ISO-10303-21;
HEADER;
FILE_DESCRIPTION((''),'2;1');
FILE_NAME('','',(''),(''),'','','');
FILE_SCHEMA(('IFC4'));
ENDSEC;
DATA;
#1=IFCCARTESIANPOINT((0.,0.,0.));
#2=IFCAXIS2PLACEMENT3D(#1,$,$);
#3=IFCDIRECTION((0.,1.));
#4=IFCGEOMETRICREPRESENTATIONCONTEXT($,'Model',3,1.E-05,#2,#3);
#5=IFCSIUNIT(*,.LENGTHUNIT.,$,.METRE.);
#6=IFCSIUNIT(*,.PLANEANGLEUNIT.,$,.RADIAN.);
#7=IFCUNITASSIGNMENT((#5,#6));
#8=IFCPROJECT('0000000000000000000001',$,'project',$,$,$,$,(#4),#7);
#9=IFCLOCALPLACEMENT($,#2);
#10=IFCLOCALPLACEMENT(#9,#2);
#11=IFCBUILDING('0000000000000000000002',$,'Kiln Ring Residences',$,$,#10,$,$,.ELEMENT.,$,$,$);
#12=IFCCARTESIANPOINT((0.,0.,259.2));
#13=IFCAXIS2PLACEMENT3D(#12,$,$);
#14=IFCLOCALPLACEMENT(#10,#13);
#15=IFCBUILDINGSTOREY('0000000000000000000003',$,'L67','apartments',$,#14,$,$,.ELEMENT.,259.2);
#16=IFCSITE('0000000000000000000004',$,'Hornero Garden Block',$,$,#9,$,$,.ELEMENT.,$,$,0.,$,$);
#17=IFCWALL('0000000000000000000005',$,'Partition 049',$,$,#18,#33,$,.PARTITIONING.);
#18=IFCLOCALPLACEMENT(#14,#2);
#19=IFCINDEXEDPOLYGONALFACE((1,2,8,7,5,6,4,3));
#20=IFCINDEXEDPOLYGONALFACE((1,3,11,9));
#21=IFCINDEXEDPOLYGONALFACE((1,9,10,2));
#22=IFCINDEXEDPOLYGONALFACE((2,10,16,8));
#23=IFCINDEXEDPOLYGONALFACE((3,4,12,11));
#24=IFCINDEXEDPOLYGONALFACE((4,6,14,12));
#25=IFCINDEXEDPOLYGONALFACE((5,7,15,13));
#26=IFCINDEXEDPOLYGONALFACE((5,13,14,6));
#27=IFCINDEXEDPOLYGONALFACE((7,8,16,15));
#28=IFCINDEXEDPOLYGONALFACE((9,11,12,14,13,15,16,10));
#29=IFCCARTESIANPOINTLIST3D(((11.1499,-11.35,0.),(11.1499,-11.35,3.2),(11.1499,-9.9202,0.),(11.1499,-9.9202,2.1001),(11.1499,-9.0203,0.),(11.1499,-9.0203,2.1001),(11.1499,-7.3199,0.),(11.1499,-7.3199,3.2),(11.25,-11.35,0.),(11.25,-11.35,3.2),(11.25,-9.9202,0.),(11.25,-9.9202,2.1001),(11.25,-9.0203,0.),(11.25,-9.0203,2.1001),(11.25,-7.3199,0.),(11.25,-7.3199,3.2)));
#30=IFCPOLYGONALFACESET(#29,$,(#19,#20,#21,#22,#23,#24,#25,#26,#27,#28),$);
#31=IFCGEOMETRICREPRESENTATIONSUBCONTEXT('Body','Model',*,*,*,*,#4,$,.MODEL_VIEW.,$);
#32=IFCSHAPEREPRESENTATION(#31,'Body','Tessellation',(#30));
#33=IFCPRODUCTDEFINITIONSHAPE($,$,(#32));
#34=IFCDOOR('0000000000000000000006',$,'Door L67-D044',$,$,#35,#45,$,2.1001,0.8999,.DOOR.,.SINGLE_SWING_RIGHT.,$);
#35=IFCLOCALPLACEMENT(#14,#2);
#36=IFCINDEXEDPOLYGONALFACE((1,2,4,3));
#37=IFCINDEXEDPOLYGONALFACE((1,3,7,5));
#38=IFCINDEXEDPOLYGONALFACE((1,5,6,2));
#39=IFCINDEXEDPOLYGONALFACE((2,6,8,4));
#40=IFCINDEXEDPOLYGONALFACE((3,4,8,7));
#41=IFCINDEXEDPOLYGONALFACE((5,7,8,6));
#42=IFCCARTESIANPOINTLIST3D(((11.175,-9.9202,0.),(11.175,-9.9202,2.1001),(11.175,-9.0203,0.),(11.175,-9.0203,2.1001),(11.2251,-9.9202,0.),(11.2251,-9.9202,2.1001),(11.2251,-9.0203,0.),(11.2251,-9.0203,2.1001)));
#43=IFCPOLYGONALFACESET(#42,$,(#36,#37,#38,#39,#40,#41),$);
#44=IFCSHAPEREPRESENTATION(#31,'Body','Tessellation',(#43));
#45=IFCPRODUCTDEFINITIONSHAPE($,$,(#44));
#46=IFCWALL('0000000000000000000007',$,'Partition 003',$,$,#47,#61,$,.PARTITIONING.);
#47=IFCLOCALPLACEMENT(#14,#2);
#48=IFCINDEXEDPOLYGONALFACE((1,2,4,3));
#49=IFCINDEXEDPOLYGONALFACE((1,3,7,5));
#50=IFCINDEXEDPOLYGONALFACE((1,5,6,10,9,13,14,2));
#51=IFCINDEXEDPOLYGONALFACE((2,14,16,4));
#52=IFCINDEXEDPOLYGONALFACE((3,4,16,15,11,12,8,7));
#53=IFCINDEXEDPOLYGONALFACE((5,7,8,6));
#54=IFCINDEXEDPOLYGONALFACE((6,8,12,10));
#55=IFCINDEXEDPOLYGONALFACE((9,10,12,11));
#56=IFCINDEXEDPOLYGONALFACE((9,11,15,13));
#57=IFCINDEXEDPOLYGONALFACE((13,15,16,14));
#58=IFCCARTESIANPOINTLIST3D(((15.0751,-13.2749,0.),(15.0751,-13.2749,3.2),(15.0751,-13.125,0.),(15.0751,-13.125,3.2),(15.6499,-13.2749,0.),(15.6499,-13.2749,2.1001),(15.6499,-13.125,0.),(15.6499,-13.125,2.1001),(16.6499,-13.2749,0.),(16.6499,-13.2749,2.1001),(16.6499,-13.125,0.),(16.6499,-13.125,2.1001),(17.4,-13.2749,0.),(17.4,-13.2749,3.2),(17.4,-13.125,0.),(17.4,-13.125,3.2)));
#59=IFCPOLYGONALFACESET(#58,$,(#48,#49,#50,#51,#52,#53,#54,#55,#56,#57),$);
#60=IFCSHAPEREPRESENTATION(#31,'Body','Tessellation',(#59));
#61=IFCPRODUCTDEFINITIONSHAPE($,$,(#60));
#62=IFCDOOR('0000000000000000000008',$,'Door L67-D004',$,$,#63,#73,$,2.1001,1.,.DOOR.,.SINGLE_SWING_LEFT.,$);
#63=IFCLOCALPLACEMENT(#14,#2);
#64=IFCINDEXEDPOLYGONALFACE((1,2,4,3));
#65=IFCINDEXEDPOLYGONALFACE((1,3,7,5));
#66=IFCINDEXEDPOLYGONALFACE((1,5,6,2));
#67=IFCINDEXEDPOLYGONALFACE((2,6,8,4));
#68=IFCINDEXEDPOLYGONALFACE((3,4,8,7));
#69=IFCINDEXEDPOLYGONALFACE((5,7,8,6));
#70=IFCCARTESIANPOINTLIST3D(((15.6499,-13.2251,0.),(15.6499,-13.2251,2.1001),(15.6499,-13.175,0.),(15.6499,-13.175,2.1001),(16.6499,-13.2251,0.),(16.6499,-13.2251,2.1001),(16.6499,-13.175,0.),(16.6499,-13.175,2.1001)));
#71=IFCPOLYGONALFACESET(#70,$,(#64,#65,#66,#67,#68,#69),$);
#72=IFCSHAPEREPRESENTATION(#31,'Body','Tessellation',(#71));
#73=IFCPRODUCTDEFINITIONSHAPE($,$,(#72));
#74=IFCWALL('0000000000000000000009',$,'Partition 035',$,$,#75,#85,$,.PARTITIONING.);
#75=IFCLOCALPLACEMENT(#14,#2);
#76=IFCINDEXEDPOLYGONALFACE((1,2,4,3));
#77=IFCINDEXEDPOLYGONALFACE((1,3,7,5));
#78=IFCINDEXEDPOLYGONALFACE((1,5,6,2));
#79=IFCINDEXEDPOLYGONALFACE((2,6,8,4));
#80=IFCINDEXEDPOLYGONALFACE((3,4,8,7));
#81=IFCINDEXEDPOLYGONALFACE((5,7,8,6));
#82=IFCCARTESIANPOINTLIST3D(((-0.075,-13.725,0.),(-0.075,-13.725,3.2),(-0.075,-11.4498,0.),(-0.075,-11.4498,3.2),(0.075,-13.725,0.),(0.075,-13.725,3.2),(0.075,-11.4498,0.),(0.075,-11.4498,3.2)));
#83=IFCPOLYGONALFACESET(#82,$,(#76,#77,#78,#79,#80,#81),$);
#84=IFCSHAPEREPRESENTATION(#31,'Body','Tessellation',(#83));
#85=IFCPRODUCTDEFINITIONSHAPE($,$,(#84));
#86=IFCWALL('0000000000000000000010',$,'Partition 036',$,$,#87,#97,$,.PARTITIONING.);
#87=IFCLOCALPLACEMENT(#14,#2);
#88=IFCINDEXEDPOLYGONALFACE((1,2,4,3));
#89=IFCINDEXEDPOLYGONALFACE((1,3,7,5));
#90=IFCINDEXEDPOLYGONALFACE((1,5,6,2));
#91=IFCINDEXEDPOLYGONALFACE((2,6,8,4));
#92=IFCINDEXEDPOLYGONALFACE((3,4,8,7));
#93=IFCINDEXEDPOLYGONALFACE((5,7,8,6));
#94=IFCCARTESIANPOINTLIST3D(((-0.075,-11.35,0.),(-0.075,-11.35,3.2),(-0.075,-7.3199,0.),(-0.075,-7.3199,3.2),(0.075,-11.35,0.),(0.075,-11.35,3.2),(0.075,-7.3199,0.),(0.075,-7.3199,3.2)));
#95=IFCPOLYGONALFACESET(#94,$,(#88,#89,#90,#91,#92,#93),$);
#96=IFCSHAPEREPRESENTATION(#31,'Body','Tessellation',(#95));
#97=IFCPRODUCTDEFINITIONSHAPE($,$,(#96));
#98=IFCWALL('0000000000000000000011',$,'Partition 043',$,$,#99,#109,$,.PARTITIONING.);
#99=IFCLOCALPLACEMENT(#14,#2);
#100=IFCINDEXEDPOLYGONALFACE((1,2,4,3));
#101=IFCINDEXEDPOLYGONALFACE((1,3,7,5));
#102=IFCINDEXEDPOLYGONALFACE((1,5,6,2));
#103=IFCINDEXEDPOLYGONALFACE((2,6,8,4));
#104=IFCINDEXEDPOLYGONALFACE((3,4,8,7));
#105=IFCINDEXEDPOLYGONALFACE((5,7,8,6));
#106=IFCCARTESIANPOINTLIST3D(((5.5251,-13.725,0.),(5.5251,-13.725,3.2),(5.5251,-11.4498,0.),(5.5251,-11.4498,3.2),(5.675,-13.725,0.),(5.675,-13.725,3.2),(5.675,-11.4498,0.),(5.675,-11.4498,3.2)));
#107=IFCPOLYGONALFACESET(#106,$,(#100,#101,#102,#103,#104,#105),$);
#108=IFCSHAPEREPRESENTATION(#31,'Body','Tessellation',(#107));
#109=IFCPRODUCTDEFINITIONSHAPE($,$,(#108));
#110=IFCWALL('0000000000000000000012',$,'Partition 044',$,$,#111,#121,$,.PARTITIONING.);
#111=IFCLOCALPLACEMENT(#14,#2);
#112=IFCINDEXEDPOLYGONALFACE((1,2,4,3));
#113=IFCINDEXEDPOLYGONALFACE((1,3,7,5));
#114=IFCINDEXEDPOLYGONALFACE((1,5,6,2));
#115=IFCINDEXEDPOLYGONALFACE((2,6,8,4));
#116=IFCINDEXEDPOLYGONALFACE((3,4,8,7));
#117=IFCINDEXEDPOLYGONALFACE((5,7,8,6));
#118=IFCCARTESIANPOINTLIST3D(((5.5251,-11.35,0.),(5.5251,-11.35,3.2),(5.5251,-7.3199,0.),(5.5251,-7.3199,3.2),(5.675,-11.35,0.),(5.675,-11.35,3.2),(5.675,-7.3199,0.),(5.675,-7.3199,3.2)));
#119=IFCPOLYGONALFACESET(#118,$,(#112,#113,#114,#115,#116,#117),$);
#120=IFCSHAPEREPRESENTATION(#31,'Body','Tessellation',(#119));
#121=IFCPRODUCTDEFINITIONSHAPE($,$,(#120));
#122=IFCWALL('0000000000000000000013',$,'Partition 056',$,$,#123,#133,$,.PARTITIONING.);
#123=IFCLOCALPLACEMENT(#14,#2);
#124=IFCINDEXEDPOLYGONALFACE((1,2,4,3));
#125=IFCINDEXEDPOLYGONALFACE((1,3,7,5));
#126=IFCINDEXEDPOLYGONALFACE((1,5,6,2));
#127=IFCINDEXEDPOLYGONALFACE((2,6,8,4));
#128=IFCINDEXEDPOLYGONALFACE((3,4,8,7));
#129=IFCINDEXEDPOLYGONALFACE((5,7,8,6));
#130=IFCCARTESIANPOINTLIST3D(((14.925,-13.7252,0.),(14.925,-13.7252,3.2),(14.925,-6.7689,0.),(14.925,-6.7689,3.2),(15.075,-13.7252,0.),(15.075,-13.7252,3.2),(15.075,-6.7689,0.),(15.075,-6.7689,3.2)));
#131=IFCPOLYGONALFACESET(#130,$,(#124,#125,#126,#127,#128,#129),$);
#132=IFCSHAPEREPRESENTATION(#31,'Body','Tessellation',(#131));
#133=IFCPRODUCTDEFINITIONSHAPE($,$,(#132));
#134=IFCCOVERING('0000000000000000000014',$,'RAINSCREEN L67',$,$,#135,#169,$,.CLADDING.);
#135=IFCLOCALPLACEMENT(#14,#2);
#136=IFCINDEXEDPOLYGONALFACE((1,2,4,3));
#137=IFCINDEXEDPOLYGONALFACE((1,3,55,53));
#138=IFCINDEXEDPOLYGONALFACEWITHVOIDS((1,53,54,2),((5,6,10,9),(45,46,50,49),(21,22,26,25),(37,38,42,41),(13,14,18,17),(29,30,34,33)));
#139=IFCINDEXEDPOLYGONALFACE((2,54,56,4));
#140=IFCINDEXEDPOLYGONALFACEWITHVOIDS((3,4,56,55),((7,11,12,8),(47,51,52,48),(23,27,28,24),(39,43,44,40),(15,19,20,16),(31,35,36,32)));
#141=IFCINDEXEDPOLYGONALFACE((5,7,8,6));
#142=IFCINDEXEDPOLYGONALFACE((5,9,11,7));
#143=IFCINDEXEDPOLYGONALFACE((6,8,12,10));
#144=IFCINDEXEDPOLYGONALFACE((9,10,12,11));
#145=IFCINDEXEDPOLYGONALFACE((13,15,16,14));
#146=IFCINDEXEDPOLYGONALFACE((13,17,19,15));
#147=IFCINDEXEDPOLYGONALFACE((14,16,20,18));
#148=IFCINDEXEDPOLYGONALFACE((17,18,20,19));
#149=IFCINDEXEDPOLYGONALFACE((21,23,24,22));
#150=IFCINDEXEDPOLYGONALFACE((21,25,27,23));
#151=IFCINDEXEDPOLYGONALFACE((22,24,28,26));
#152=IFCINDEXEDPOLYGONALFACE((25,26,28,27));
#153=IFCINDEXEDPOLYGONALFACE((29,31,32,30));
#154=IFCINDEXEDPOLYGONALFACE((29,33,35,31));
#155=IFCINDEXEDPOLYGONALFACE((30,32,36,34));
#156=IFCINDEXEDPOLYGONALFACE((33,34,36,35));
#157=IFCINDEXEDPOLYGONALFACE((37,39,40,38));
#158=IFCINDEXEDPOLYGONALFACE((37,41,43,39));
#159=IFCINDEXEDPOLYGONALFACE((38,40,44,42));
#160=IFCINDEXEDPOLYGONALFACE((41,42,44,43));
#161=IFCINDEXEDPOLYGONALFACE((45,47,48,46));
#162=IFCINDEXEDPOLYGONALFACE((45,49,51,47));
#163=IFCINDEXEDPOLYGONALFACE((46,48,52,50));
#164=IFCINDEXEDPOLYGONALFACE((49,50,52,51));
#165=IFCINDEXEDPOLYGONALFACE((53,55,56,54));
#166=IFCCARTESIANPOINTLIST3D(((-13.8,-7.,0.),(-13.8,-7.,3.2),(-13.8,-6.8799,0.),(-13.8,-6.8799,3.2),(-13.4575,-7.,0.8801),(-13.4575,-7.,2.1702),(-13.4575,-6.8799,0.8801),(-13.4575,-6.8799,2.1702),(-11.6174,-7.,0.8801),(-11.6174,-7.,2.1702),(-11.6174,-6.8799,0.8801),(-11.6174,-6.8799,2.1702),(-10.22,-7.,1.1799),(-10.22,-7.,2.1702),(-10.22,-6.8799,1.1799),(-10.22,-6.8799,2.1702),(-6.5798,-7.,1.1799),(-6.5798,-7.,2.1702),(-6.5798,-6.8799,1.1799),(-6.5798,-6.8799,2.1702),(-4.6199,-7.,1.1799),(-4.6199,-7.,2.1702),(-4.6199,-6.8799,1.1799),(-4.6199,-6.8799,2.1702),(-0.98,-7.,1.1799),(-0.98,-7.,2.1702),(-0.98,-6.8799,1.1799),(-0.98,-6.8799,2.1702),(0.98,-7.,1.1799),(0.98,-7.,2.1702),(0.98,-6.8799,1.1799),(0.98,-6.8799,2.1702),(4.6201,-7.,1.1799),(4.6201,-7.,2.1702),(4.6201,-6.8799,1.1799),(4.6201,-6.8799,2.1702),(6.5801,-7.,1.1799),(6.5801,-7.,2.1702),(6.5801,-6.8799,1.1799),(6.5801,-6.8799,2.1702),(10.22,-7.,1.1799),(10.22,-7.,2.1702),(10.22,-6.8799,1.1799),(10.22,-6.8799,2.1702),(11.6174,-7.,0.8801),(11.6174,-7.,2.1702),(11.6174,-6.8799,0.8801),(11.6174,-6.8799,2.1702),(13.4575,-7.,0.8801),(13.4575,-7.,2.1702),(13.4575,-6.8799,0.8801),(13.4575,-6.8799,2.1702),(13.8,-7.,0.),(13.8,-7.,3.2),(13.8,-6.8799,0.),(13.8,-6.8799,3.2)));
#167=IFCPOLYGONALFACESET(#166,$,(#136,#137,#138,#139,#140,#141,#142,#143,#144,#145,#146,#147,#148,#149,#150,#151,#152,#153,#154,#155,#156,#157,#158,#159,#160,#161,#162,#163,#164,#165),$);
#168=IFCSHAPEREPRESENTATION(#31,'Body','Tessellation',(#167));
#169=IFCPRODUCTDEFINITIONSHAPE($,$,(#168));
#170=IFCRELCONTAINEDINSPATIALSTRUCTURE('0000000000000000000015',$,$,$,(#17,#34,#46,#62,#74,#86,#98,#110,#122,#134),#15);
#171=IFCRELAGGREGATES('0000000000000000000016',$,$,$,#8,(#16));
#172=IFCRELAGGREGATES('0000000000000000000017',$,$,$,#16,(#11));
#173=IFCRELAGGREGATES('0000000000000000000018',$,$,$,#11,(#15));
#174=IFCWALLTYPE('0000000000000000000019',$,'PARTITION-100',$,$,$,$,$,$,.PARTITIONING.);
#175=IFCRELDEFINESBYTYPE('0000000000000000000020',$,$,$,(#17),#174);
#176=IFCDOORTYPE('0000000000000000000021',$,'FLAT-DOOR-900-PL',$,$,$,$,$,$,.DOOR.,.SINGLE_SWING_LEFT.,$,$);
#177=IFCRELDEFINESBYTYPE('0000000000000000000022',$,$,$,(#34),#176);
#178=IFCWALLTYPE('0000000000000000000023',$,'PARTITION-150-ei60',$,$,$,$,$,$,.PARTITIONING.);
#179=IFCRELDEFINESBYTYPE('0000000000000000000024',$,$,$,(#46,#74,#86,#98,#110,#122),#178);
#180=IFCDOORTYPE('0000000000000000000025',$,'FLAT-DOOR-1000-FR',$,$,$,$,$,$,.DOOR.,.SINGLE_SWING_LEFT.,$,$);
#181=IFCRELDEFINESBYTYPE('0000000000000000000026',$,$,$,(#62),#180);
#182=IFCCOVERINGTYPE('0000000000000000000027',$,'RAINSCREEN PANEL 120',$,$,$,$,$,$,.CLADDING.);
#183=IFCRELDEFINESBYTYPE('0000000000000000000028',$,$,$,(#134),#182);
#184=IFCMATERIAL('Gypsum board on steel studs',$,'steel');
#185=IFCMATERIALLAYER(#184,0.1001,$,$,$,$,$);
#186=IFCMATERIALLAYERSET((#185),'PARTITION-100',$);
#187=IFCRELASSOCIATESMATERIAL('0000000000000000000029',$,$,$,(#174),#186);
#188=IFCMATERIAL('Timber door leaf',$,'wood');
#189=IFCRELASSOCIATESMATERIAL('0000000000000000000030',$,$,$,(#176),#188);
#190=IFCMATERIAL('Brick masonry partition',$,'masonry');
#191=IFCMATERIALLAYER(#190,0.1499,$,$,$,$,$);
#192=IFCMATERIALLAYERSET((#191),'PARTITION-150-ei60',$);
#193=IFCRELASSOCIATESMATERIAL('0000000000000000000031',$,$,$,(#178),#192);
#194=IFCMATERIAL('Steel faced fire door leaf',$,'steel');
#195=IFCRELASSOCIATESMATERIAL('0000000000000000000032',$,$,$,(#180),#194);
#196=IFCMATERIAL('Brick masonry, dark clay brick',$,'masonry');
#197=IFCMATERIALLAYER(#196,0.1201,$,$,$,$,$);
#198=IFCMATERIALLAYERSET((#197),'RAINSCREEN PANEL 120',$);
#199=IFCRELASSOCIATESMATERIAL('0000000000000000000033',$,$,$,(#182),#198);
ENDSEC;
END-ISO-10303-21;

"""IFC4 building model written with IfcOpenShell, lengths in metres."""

from ifc_helpers import new_model, si_unit, direction, frame, frame_2d, origin, place, context, subcontext, project, spatial, polyline, rectangle, outline, extrude, material, layer, layer_set, type_object, element, fill, save


model = new_model("IFC4")

# Units and contexts
model_context = context("Model", 3, precision=1e-05, world=origin(), true_north=direction((0.0, 1.0)))
body_context = subcontext(model_context, "Body", "Model", "MODEL_VIEW")
ifc_project = project(units=[si_unit("LENGTHUNIT", "METRE"), si_unit("PLANEANGLEUNIT", "RADIAN")], contexts=[model_context])

# Site, building, storey
site_placement = place(None, origin())
site = spatial("IfcSite", under=ifc_project, at=site_placement, Name="Hornero Garden Block", CompositionType="ELEMENT", RefElevation=0.0)
building_placement = place(site_placement, origin())
building = spatial("IfcBuilding", under=site, at=building_placement, Name="Kiln Ring Residences", CompositionType="ELEMENT")
storey_placement = place(building_placement, frame((0.0, 0.0, 259.2)))
storey = spatial("IfcBuildingStorey", under=building, at=storey_placement, Name="L67", Description="apartments", CompositionType="ELEMENT", Elevation=259.2)

# Shared definitions
ifc_material_1 = material(Name="Gypsum board on steel studs", Category="steel")
ifc_layer_1 = layer(ifc_material_1, 0.1001)
ifc_layer_set_1 = layer_set([ifc_layer_1], Name="PARTITION-100")
wall_type_1 = type_object("IfcWallType", Name="PARTITION-100", PredefinedType="PARTITIONING", material=ifc_layer_set_1)

# Walls, openings, doors
wall_1_placement = place(storey_placement, frame((11.2, -11.3501, 0.0), z_axis=(0.0, 0.0, 1.0), x_axis=(0.0, 1.0, 0.0)))
wall_1 = element("IfcWall", 1, at=wall_1_placement, inside=storey, type_object=wall_type_1, Name="Partition 049", PredefinedType="PARTITIONING", context=body_context, shape_type="SweptSolid", body=[
    extrude(rectangle(XDim=4.03, YDim=0.1001, at=frame_2d((2.0151, 0.0))), origin(), (0.0, 0.0, 1.0), 3.2),
])
opening_1_placement = place(wall_1_placement, frame((1.4299, 0.0, 0.0)))
opening_1 = element("IfcOpeningElement", 2, at=opening_1_placement, cuts=wall_1, PredefinedType="OPENING", context=body_context, shape_type="SweptSolid", body=[
    extrude(rectangle(XDim=0.8999, YDim=2.1001, at=frame_2d((0.45, 1.05))), frame((0.0, 0.0601, 0.0), z_axis=(0.0, -1.0, 0.0), x_axis=(1.0, 0.0, 0.0)), (0.0, 0.0, 1.0), 0.1201),
])
ifc_material_2 = material(Name="Timber door leaf", Category="wood")
door_type_1 = type_object("IfcDoorType", Name="FLAT-DOOR-900-PL", OperationType="SINGLE_SWING_LEFT", PredefinedType="DOOR", material=ifc_material_2)
door_1_placement = place(opening_1_placement, origin())
door_1 = element("IfcDoor", 3, at=door_1_placement, inside=storey, type_object=door_type_1, Name="Door L67-D044", OperationType="SINGLE_SWING_RIGHT", OverallHeight=2.1001, OverallWidth=0.8999, PredefinedType="DOOR", context=body_context, shape_type="SweptSolid", body=[
    extrude(rectangle(XDim=0.8999, YDim=2.1001, at=frame_2d((0.45, 1.05))), frame((0.0, 0.0249, 0.0), z_axis=(0.0, -1.0, 0.0), x_axis=(1.0, 0.0, 0.0)), (0.0, 0.0, 1.0), 0.05),
])
fill(opening_1, door_1)
ifc_material_3 = material(Name="Brick masonry partition", Category="masonry")
ifc_layer_2 = layer(ifc_material_3, 0.1499)
ifc_layer_set_2 = layer_set([ifc_layer_2], Name="PARTITION-150-ei60")
wall_type_2 = type_object("IfcWallType", Name="PARTITION-150-ei60", PredefinedType="PARTITIONING", material=ifc_layer_set_2)
wall_2_placement = place(storey_placement, frame((15.075, -13.2, 0.0), z_axis=(0.0, 0.0, 1.0), x_axis=(1.0, 0.0, 0.0)))
wall_2 = element("IfcWall", 4, at=wall_2_placement, inside=storey, type_object=wall_type_2, Name="Partition 003", PredefinedType="PARTITIONING", context=body_context, shape_type="SweptSolid", body=[
    extrude(rectangle(XDim=2.325, YDim=0.1499, at=frame_2d((1.1626, 0.0))), origin(), (0.0, 0.0, 1.0), 3.2),
])
opening_2_placement = place(wall_2_placement, frame((0.575, 0.0, 0.0)))
opening_2 = element("IfcOpeningElement", 5, at=opening_2_placement, cuts=wall_2, PredefinedType="OPENING", context=body_context, shape_type="SweptSolid", body=[
    extrude(rectangle(XDim=1.0, YDim=2.1001, at=frame_2d((0.5, 1.05))), frame((0.0, 0.085, 0.0), z_axis=(0.0, -1.0, 0.0), x_axis=(1.0, 0.0, 0.0)), (0.0, 0.0, 1.0), 0.1699),
])
ifc_material_4 = material(Name="Steel faced fire door leaf", Category="steel")
door_type_2 = type_object("IfcDoorType", Name="FLAT-DOOR-1000-FR", OperationType="SINGLE_SWING_LEFT", PredefinedType="DOOR", material=ifc_material_4)
door_2_placement = place(opening_2_placement, origin())
door_2 = element("IfcDoor", 6, at=door_2_placement, inside=storey, type_object=door_type_2, Name="Door L67-D004", OperationType="SINGLE_SWING_LEFT", OverallHeight=2.1001, OverallWidth=1.0, PredefinedType="DOOR", context=body_context, shape_type="SweptSolid", body=[
    extrude(rectangle(XDim=1.0, YDim=2.1001, at=frame_2d((0.5, 1.05))), frame((0.0, 0.0249, 0.0), z_axis=(0.0, -1.0, 0.0), x_axis=(1.0, 0.0, 0.0)), (0.0, 0.0, 1.0), 0.05),
])
fill(opening_2, door_2)

# Walls
wall_3_placement = place(storey_placement, frame((0.0, -13.7251, 0.0), z_axis=(0.0, 0.0, 1.0), x_axis=(0.0, 1.0, 0.0)))
element("IfcWall", 7, at=wall_3_placement, inside=storey, type_object=wall_type_2, Name="Partition 035", PredefinedType="PARTITIONING", context=body_context, shape_type="SweptSolid", body=[
    extrude(rectangle(XDim=2.2751, YDim=0.1499, at=frame_2d((1.1377, 0.0))), origin(), (0.0, 0.0, 1.0), 3.2),
])
wall_4_placement = place(storey_placement, frame((0.0, -11.3501, 0.0), z_axis=(0.0, 0.0, 1.0), x_axis=(0.0, 1.0, 0.0)))
element("IfcWall", 8, at=wall_4_placement, inside=storey, type_object=wall_type_2, Name="Partition 036", PredefinedType="PARTITIONING", context=body_context, shape_type="SweptSolid", body=[
    extrude(rectangle(XDim=4.03, YDim=0.1499, at=frame_2d((2.0151, 0.0))), origin(), (0.0, 0.0, 1.0), 3.2),
])
wall_5_placement = place(storey_placement, frame((5.6001, -13.7251, 0.0), z_axis=(0.0, 0.0, 1.0), x_axis=(0.0, 1.0, 0.0)))
element("IfcWall", 9, at=wall_5_placement, inside=storey, type_object=wall_type_2, Name="Partition 043", PredefinedType="PARTITIONING", context=body_context, shape_type="SweptSolid", body=[
    extrude(rectangle(XDim=2.2751, YDim=0.1499, at=frame_2d((1.1377, 0.0))), origin(), (0.0, 0.0, 1.0), 3.2),
])
wall_6_placement = place(storey_placement, frame((5.6001, -11.3501, 0.0), z_axis=(0.0, 0.0, 1.0), x_axis=(0.0, 1.0, 0.0)))
element("IfcWall", 10, at=wall_6_placement, inside=storey, type_object=wall_type_2, Name="Partition 044", PredefinedType="PARTITIONING", context=body_context, shape_type="SweptSolid", body=[
    extrude(rectangle(XDim=4.03, YDim=0.1499, at=frame_2d((2.0151, 0.0))), origin(), (0.0, 0.0, 1.0), 3.2),
])
wall_7_placement = place(storey_placement, frame((15.0, -13.7251, 0.0), z_axis=(0.0, 0.0, 1.0), x_axis=(0.0, 1.0, 0.0)))
element("IfcWall", 11, at=wall_7_placement, inside=storey, type_object=wall_type_2, Name="Partition 056", PredefinedType="PARTITIONING", context=body_context, shape_type="SweptSolid", body=[
    extrude(rectangle(XDim=6.9563, YDim=0.1499, at=frame_2d((3.478, 0.0))), origin(), (0.0, 0.0, 1.0), 3.2),
])

# Covering
ifc_material_5 = material(Name="Brick masonry, dark clay brick", Category="masonry")
ifc_layer_3 = layer(ifc_material_5, 0.1201)
ifc_layer_set_3 = layer_set([ifc_layer_3], Name="RAINSCREEN PANEL 120")
covering_type = type_object("IfcCoveringType", Name="RAINSCREEN PANEL 120", PredefinedType="CLADDING", material=ifc_layer_set_3)
covering_placement = place(storey_placement, frame((13.8, -6.9399, 0.0), z_axis=(0.0, 0.0, 1.0), x_axis=(-1.0, 0.0, 0.0)))
element("IfcCovering", 12, at=covering_placement, inside=storey, type_object=covering_type, Name="RAINSCREEN L67", PredefinedType="CLADDING", context=body_context, shape_type="SweptSolid", body=[
    extrude(outline(polyline([(0.0, 0.0), (27.6001, 0.0), (27.6001, 3.2), (0.0, 3.2), (0.0, 0.0)]), holes=[polyline([(2.1826, 0.8801), (2.1826, 2.1702), (0.3425, 2.1702), (0.3425, 0.8801), (2.1826, 0.8801)]), polyline([(25.4175, 0.8801), (27.2576, 0.8801), (27.2576, 2.1702), (25.4175, 2.1702), (25.4175, 0.8801)]), polyline([(3.5801, 1.1799), (7.22, 1.1799), (7.22, 2.1702), (3.5801, 2.1702), (3.5801, 1.1799)]), polyline([(12.8201, 1.1799), (12.8201, 2.1702), (9.1799, 2.1702), (9.1799, 1.1799), (12.8201, 1.1799)]), polyline([(14.78, 1.1799), (18.4199, 1.1799), (18.4199, 2.1702), (14.78, 2.1702), (14.78, 1.1799)]), polyline([(20.3799, 1.1799), (24.02, 1.1799), (24.02, 2.1702), (20.3799, 2.1702), (20.3799, 1.1799)])]), frame((0.0, 0.0601, 0.0), z_axis=(0.0, -1.0, 0.0), x_axis=(1.0, 0.0, 0.0)), (0.0, 0.0, 1.0), 0.1201),
])

save(model, "model.ifc")
